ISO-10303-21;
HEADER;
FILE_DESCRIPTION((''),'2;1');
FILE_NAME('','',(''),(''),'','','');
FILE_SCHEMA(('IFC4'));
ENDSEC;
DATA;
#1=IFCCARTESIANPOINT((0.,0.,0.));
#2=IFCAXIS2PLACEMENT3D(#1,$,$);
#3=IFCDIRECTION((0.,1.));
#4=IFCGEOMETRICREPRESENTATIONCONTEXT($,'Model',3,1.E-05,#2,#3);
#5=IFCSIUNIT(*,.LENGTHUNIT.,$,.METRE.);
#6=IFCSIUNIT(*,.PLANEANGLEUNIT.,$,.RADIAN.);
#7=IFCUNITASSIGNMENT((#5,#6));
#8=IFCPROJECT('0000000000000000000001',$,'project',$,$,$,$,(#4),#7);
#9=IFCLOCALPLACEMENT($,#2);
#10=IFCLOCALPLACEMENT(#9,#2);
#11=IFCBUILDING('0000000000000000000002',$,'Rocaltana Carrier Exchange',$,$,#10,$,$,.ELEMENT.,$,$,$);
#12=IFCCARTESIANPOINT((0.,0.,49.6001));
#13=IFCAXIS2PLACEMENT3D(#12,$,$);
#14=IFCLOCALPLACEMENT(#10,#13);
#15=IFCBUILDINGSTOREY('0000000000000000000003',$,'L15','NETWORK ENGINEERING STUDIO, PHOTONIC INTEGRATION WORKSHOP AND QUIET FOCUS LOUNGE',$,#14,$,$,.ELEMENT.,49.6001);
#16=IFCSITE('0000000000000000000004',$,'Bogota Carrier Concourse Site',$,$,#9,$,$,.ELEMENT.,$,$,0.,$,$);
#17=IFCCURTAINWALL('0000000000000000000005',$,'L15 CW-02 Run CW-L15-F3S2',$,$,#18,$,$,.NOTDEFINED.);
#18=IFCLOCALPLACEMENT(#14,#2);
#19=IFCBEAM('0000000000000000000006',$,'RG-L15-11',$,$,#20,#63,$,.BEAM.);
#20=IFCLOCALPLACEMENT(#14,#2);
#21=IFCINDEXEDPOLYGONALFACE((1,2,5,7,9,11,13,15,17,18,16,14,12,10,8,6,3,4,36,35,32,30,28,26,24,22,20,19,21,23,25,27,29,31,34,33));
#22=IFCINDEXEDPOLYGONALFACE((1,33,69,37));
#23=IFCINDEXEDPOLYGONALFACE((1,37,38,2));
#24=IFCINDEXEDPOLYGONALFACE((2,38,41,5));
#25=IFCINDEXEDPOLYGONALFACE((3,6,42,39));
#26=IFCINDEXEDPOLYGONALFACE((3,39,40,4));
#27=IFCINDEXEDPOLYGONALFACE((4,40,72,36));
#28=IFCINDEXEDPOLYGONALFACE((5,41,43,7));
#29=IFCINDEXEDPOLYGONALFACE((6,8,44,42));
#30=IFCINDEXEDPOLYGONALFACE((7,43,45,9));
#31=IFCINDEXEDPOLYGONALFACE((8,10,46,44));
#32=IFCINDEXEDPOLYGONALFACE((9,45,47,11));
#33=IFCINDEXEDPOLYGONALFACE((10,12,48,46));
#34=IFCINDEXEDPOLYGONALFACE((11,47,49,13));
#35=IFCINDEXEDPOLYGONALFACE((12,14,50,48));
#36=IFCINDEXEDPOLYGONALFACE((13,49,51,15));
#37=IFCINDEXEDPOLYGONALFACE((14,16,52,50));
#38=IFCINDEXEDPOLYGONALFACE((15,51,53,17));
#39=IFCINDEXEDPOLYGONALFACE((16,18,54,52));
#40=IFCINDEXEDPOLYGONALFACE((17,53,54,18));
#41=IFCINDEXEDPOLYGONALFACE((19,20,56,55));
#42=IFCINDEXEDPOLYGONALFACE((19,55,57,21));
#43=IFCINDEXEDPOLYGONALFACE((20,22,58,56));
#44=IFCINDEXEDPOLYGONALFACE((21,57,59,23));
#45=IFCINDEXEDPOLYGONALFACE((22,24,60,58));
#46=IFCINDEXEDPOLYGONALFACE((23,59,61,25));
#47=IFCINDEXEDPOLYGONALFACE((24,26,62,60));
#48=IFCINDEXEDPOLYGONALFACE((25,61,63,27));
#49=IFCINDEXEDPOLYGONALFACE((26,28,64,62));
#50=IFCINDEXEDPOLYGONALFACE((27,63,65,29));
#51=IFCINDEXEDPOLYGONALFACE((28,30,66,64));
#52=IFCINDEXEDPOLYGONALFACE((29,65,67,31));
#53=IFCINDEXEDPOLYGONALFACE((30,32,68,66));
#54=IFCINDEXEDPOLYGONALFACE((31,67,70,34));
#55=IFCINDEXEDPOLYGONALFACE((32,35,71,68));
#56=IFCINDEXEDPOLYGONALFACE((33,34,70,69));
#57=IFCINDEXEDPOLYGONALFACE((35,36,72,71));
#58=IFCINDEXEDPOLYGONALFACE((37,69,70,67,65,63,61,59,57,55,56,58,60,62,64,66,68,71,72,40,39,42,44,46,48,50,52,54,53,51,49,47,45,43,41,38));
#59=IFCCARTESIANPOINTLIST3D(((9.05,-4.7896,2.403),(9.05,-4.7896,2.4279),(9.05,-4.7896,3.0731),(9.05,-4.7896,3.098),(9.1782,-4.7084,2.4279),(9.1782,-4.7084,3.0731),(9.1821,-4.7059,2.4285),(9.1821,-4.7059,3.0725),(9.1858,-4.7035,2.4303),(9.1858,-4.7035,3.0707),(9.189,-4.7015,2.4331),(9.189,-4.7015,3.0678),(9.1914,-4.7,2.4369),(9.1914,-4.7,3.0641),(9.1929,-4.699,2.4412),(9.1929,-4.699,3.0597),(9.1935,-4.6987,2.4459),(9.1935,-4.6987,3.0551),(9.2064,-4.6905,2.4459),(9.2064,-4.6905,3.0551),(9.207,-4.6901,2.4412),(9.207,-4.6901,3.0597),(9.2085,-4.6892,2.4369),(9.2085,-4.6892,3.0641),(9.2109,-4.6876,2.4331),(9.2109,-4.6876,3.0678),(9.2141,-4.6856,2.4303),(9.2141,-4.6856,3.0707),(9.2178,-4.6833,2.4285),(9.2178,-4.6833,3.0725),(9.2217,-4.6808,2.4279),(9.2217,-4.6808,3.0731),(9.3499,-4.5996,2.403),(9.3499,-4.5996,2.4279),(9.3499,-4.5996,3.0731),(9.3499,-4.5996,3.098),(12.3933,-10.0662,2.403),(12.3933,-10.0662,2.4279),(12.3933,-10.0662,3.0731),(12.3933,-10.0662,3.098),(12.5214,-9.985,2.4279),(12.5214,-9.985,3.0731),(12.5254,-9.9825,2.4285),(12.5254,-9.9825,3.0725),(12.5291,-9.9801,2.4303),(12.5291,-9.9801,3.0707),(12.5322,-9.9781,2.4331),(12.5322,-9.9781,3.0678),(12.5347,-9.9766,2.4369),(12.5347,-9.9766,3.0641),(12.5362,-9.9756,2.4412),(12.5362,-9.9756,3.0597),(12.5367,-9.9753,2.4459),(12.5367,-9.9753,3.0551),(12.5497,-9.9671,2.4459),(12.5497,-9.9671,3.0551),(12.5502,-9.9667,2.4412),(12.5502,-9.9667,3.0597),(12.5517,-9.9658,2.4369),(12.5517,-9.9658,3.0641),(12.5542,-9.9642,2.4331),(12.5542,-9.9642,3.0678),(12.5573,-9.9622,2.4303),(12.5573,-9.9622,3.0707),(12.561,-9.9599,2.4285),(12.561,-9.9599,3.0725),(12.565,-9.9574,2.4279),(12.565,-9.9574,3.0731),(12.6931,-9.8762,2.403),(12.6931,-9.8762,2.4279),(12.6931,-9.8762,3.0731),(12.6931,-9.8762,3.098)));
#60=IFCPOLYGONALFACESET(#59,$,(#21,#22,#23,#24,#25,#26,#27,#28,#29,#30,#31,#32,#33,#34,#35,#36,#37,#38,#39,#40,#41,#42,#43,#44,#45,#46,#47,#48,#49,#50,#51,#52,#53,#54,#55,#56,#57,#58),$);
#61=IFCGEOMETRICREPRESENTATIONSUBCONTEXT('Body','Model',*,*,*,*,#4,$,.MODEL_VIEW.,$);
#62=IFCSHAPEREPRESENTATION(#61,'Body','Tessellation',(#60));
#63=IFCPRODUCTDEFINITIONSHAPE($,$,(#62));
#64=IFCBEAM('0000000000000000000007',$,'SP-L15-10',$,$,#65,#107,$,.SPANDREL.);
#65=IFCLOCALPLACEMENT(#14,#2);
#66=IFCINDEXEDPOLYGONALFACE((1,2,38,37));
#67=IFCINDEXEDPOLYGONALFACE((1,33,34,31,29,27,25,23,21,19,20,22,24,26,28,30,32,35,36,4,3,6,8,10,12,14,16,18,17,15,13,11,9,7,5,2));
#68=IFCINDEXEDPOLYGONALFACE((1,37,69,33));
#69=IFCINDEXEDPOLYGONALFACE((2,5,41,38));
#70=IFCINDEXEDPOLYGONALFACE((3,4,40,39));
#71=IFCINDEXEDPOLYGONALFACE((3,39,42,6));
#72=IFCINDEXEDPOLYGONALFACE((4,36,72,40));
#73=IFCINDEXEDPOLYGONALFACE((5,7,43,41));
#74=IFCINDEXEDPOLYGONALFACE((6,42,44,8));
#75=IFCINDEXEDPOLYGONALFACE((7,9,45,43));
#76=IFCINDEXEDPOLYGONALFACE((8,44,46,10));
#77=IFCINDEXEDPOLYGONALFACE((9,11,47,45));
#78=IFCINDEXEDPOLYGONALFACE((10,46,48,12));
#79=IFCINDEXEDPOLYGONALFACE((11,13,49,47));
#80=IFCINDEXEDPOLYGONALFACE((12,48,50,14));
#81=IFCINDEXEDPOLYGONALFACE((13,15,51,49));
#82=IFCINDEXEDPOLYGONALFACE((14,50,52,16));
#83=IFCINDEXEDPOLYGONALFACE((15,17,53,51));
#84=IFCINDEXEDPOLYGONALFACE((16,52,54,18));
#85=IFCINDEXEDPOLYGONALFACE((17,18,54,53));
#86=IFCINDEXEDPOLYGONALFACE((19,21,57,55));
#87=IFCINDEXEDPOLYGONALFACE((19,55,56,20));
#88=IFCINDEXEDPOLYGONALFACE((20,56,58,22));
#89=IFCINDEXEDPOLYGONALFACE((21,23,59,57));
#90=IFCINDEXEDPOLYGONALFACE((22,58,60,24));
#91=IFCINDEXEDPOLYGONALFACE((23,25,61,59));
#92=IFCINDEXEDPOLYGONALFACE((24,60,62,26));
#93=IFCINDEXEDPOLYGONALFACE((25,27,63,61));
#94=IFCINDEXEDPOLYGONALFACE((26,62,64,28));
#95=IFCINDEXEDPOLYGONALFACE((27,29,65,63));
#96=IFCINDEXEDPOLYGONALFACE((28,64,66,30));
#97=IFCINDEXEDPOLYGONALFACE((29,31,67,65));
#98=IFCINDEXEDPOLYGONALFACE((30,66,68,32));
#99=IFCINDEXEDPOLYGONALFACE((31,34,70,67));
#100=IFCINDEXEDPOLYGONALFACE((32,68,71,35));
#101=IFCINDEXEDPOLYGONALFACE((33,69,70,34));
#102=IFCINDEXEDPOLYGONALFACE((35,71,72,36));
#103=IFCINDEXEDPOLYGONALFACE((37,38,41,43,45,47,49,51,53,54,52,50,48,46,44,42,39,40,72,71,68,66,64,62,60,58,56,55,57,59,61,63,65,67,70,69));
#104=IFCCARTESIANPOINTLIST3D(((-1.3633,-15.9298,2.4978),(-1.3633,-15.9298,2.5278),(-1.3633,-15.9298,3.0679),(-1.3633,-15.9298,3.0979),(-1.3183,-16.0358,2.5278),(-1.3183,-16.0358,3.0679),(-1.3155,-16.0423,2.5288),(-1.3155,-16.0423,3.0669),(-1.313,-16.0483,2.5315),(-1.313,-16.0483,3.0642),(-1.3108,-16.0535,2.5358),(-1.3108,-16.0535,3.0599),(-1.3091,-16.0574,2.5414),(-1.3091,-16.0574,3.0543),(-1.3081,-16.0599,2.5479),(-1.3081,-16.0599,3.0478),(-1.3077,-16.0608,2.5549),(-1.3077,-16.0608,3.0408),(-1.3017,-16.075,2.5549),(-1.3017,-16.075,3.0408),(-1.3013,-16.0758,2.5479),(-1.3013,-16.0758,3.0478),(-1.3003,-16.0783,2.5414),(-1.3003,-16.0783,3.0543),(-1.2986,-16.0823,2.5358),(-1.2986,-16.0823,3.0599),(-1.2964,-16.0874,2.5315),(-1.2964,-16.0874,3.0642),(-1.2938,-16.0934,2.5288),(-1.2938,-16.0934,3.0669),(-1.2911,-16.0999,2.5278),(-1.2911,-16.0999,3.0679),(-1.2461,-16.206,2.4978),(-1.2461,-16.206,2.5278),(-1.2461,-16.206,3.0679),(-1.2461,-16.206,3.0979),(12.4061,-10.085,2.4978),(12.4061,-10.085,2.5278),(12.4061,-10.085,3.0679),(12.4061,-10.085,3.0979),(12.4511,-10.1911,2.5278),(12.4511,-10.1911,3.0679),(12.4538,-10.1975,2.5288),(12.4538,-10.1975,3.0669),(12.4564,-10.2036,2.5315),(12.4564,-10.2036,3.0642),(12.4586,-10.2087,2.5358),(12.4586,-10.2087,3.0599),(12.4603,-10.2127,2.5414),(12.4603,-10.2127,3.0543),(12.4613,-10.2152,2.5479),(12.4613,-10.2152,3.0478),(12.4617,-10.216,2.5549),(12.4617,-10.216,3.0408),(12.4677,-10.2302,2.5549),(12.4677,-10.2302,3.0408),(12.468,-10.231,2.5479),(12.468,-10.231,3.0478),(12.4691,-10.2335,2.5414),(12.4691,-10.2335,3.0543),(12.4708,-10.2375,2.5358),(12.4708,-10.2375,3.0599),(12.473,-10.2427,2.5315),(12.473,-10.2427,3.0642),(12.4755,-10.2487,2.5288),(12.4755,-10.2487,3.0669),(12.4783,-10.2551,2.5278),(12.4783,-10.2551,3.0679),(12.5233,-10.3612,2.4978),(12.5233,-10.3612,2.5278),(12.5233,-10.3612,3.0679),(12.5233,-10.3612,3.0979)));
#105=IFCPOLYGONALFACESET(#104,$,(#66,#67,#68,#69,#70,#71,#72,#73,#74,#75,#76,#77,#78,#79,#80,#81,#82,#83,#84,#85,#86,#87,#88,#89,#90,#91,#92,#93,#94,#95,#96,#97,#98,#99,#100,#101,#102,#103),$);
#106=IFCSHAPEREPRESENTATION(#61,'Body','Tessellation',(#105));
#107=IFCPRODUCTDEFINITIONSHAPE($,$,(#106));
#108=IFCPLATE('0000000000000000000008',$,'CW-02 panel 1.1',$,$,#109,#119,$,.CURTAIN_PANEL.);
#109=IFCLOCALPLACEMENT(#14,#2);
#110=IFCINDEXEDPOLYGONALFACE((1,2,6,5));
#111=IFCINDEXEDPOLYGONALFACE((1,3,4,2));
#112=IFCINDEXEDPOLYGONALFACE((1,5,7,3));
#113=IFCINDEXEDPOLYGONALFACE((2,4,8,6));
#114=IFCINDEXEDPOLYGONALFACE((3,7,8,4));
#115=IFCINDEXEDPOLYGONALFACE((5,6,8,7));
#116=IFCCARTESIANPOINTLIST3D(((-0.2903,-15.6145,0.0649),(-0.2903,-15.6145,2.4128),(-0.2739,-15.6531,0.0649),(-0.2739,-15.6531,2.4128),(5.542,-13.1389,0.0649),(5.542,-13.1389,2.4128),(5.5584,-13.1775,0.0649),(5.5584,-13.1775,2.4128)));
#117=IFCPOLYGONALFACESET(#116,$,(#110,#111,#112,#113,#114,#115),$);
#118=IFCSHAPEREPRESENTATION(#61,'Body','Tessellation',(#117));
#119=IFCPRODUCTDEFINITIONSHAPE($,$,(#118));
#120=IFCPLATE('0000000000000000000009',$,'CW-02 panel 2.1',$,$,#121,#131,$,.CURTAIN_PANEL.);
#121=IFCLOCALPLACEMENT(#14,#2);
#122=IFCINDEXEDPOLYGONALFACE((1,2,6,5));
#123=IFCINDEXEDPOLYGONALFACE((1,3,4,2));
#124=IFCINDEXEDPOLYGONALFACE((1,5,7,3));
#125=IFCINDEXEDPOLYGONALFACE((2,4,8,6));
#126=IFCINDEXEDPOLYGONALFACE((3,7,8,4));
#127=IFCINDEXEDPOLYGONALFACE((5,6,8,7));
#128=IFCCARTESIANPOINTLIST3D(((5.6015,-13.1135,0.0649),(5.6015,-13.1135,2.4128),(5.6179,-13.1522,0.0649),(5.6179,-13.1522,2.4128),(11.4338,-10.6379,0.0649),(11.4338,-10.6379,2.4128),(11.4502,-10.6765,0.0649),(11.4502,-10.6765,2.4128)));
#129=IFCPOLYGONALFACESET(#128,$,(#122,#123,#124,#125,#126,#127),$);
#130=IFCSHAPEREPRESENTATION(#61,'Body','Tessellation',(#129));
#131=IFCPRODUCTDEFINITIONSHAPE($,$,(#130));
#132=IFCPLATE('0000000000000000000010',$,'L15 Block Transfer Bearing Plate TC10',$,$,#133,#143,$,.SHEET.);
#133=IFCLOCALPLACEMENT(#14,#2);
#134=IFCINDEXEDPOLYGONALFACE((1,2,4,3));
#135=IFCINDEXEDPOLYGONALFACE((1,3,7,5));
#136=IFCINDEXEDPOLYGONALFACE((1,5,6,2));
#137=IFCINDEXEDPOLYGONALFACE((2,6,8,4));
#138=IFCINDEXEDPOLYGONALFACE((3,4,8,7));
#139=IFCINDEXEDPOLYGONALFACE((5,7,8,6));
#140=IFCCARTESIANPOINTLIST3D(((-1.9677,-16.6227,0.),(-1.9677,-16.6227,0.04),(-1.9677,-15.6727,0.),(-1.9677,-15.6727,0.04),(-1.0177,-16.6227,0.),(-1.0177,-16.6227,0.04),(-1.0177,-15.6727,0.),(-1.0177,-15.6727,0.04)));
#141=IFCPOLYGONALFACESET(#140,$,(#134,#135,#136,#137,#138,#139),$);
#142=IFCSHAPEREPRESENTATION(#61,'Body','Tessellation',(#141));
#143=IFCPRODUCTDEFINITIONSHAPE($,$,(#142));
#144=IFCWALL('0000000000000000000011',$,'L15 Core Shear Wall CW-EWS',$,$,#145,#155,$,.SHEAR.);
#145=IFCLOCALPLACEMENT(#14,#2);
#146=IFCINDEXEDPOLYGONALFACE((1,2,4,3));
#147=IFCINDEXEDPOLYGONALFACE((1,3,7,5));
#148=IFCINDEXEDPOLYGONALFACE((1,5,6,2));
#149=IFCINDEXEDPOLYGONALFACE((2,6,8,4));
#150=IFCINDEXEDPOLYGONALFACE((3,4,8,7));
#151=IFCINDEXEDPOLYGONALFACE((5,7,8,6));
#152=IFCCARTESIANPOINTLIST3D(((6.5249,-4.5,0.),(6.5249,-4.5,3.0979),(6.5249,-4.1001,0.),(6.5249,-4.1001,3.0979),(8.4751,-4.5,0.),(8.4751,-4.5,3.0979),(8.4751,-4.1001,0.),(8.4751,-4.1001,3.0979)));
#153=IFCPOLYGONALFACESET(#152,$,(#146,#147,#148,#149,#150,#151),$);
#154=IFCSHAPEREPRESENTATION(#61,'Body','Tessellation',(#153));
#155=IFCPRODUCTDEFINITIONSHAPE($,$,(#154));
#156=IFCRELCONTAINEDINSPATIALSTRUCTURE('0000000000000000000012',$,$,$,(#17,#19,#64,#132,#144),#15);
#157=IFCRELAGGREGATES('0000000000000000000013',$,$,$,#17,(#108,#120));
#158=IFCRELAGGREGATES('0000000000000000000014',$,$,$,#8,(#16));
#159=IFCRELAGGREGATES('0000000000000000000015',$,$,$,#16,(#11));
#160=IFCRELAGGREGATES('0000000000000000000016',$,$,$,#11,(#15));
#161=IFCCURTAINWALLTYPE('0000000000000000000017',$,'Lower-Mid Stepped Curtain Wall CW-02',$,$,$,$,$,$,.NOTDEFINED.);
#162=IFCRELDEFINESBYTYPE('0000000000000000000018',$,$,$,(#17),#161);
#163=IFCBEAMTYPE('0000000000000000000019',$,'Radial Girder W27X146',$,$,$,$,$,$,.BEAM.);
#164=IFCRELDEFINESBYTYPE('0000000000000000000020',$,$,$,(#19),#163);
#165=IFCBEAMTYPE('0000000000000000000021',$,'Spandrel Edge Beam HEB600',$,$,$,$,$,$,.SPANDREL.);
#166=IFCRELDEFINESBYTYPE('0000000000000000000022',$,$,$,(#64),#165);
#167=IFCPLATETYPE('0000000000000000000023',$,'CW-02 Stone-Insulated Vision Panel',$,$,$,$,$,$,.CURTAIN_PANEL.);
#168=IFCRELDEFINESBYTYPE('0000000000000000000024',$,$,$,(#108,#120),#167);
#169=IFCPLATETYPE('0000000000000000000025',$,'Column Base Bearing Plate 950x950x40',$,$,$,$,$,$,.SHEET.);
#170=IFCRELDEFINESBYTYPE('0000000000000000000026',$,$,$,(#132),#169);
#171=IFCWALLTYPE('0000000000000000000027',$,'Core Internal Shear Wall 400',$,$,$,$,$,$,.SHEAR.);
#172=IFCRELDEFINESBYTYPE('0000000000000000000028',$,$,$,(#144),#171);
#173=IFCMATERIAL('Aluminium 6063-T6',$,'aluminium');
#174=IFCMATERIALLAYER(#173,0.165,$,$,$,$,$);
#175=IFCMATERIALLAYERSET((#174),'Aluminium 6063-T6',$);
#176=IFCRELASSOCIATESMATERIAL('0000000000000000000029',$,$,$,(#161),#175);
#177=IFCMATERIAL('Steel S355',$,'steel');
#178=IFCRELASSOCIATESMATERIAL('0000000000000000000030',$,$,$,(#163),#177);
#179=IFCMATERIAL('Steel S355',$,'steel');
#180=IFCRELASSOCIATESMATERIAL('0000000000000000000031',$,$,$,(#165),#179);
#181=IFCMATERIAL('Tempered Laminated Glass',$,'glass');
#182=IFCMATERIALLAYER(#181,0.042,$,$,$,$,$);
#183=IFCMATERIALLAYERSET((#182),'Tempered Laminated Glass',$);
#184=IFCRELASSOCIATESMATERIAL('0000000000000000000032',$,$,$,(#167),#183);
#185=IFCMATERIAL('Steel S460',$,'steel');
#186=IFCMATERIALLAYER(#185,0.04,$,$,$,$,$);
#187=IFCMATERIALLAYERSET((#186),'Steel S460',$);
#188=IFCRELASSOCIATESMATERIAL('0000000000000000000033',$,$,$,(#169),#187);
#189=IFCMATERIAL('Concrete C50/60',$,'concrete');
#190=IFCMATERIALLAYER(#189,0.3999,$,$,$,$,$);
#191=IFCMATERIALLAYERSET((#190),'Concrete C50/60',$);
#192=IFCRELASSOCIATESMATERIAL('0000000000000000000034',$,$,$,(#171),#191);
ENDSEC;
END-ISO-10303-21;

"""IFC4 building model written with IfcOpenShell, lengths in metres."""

from ifc_helpers import new_model, si_unit, direction, frame, frame_2d, origin, origin_2d, place, context, subcontext, project, spatial, rectangle, i_section, extrude, material, layer, layer_set, material_profile, profile_set, type_object, element, aggregate, save


model = new_model("IFC4")

# Units and contexts
model_context = context("Model", 3, precision=1e-05, world=origin(), true_north=direction((0.0, 1.0)))
body_context = subcontext(model_context, "Body", "Model", "MODEL_VIEW")
ifc_project = project(units=[si_unit("LENGTHUNIT", "METRE"), si_unit("PLANEANGLEUNIT", "RADIAN")], contexts=[model_context])

# Site, building, storey
site_placement = place(None, origin())
site = spatial("IfcSite", under=ifc_project, at=site_placement, Name="Bogota Carrier Concourse Site", CompositionType="ELEMENT", RefElevation=0.0)
building_placement = place(site_placement, origin())
building = spatial("IfcBuilding", under=site, at=building_placement, Name="Rocaltana Carrier Exchange", CompositionType="ELEMENT")
storey_placement = place(building_placement, frame((0.0, 0.0, 49.6001)))
storey = spatial("IfcBuildingStorey", under=building, at=storey_placement, Name="L15", Description="NETWORK ENGINEERING STUDIO, PHOTONIC INTEGRATION WORKSHOP AND QUIET FOCUS LOUNGE", CompositionType="ELEMENT", Elevation=49.6001)

# Curtain wall
ifc_material_1 = material(Name="Aluminium 6063-T6", Category="aluminium")
ifc_layer_1 = layer(ifc_material_1, 0.165)
ifc_layer_set_1 = layer_set([ifc_layer_1], Name="Aluminium 6063-T6")
curtain_wall_type = type_object("IfcCurtainWallType", Name="Lower-Mid Stepped Curtain Wall CW-02", PredefinedType="NOTDEFINED", material=ifc_layer_set_1)
curtain_wall_placement = place(storey_placement, origin())
curtain_wall = element("IfcCurtainWall", 1, at=curtain_wall_placement, inside=storey, type_object=curtain_wall_type, Name="L15 CW-02 Run CW-L15-F3S2", PredefinedType="NOTDEFINED")

# Beams
ifc_material_2 = material(Name="Steel S355", Category="steel")
ifc_material_profile_1 = material_profile(ifc_material_2, i_section(OverallWidth=0.355, OverallDepth=0.6951, WebThickness=0.0154, FlangeThickness=0.0249, FilletRadius=0.0181, at=origin_2d()), Name="W27X146")
ifc_profile_set_1 = profile_set([ifc_material_profile_1], Name="Steel S355")
beam_type_1 = type_object("IfcBeamType", Name="Radial Girder W27X146", PredefinedType="BEAM", material=ifc_profile_set_1)
beam_1_placement = place(storey_placement, frame((9.2, -4.6946, 2.7505), z_axis=(0.535213, -0.844717, 0.0), x_axis=(0.844717, 0.535213, 0.0)))
element("IfcBeam", 2, at=beam_1_placement, inside=storey, type_object=beam_type_1, Name="RG-L15-11", PredefinedType="BEAM", context=body_context, shape_type="SweptSolid", body=[
    extrude(i_section(OverallWidth=0.355, OverallDepth=0.6951, WebThickness=0.0154, FlangeThickness=0.0249, FilletRadius=0.0181, at=origin_2d()), origin(), (0.0, 0.0, 1.0), 6.2466),
])
ifc_material_3 = material(Name="Steel S355", Category="steel")
ifc_material_profile_2 = material_profile(ifc_material_3, i_section(OverallWidth=0.3, OverallDepth=0.6001, WebThickness=0.0154, FlangeThickness=0.03, FilletRadius=0.0271, at=origin_2d()), Name="HEB600")
ifc_profile_set_2 = profile_set([ifc_material_profile_2], Name="Steel S355")
beam_type_2 = type_object("IfcBeamType", Name="Spandrel Edge Beam HEB600", PredefinedType="SPANDREL", material=ifc_profile_set_2)
beam_2_placement = place(storey_placement, frame((-1.3047, -16.0679, 2.7979), z_axis=(0.920505, 0.390732, 0.0), x_axis=(-0.390732, 0.920505, 0.0)))
element("IfcBeam", 3, at=beam_2_placement, inside=storey, type_object=beam_type_2, Name="SP-L15-10", PredefinedType="SPANDREL", context=body_context, shape_type="SweptSolid", body=[
    extrude(i_section(OverallWidth=0.3, OverallDepth=0.6001, WebThickness=0.0154, FlangeThickness=0.03, FilletRadius=0.0271, at=origin_2d()), origin(), (0.0, 0.0, 1.0), 14.9585),
])

# Plates
ifc_material_4 = material(Name="Tempered Laminated Glass", Category="glass")
ifc_layer_2 = layer(ifc_material_4, 0.042)
ifc_layer_set_2 = layer_set([ifc_layer_2], Name="Tempered Laminated Glass")
plate_type_1 = type_object("IfcPlateType", Name="CW-02 Stone-Insulated Vision Panel", PredefinedType="CURTAIN_PANEL", material=ifc_layer_set_2)
plate_1_placement = place(storey_placement, frame((2.634, -14.396, 0.0649), z_axis=(0.0, 0.0, 1.0), x_axis=(0.920506, 0.390729, 0.0)))
plate_1 = element("IfcPlate", 4, at=plate_1_placement, type_object=plate_type_1, Name="CW-02 panel 1.1", PredefinedType="CURTAIN_PANEL", context=body_context, shape_type="SweptSolid", body=[
    extrude(rectangle(XDim=6.3359, YDim=0.042, at=origin_2d()), origin(), (0.0, 0.0, 1.0), 2.3479),
])
plate_2_placement = place(storey_placement, frame((8.5259, -11.895, 0.0649), z_axis=(0.0, 0.0, 1.0), x_axis=(0.920506, 0.390729, 0.0)))
plate_2 = element("IfcPlate", 5, at=plate_2_placement, type_object=plate_type_1, Name="CW-02 panel 2.1", PredefinedType="CURTAIN_PANEL", context=body_context, shape_type="SweptSolid", body=[
    extrude(rectangle(XDim=6.3359, YDim=0.042, at=origin_2d()), origin(), (0.0, 0.0, 1.0), 2.3479),
])
aggregate(curtain_wall, [plate_1, plate_2])
ifc_material_5 = material(Name="Steel S460", Category="steel")
ifc_layer_3 = layer(ifc_material_5, 0.04)
ifc_layer_set_3 = layer_set([ifc_layer_3], Name="Steel S460")
plate_type_2 = type_object("IfcPlateType", Name="Column Base Bearing Plate 950x950x40", PredefinedType="SHEET", material=ifc_layer_set_3)
plate_3_placement = place(storey_placement, frame((-1.4927, -16.1477, 0.0), z_axis=(0.0, 0.0, 1.0), x_axis=(1.0, 0.0, 0.0)))
element("IfcPlate", 6, at=plate_3_placement, inside=storey, type_object=plate_type_2, Name="L15 Block Transfer Bearing Plate TC10", PredefinedType="SHEET", context=body_context, shape_type="SweptSolid", body=[
    extrude(rectangle(XDim=0.95, YDim=0.95, at=origin_2d()), origin(), (0.0, 0.0, 1.0), 0.04),
])

# Wall
ifc_material_6 = material(Name="Concrete C50/60", Category="concrete")
ifc_layer_4 = layer(ifc_material_6, 0.3999)
ifc_layer_set_4 = layer_set([ifc_layer_4], Name="Concrete C50/60")
wall_type_1 = type_object("IfcWallType", Name="Core Internal Shear Wall 400", PredefinedType="SHEAR", material=ifc_layer_set_4)
wall_1_placement = place(storey_placement, frame((6.5249, -4.3, 0.0), z_axis=(0.0, 0.0, 1.0), x_axis=(1.0, 0.0, 0.0)))
element("IfcWall", 7, at=wall_1_placement, inside=storey, type_object=wall_type_1, Name="L15 Core Shear Wall CW-EWS", PredefinedType="SHEAR", context=body_context, shape_type="SweptSolid", body=[
    extrude(rectangle(XDim=1.9502, YDim=0.3999, at=frame_2d((0.9751, 0.0))), origin(), (0.0, 0.0, 1.0), 3.0979),
])

save(model, "model.ifc")
